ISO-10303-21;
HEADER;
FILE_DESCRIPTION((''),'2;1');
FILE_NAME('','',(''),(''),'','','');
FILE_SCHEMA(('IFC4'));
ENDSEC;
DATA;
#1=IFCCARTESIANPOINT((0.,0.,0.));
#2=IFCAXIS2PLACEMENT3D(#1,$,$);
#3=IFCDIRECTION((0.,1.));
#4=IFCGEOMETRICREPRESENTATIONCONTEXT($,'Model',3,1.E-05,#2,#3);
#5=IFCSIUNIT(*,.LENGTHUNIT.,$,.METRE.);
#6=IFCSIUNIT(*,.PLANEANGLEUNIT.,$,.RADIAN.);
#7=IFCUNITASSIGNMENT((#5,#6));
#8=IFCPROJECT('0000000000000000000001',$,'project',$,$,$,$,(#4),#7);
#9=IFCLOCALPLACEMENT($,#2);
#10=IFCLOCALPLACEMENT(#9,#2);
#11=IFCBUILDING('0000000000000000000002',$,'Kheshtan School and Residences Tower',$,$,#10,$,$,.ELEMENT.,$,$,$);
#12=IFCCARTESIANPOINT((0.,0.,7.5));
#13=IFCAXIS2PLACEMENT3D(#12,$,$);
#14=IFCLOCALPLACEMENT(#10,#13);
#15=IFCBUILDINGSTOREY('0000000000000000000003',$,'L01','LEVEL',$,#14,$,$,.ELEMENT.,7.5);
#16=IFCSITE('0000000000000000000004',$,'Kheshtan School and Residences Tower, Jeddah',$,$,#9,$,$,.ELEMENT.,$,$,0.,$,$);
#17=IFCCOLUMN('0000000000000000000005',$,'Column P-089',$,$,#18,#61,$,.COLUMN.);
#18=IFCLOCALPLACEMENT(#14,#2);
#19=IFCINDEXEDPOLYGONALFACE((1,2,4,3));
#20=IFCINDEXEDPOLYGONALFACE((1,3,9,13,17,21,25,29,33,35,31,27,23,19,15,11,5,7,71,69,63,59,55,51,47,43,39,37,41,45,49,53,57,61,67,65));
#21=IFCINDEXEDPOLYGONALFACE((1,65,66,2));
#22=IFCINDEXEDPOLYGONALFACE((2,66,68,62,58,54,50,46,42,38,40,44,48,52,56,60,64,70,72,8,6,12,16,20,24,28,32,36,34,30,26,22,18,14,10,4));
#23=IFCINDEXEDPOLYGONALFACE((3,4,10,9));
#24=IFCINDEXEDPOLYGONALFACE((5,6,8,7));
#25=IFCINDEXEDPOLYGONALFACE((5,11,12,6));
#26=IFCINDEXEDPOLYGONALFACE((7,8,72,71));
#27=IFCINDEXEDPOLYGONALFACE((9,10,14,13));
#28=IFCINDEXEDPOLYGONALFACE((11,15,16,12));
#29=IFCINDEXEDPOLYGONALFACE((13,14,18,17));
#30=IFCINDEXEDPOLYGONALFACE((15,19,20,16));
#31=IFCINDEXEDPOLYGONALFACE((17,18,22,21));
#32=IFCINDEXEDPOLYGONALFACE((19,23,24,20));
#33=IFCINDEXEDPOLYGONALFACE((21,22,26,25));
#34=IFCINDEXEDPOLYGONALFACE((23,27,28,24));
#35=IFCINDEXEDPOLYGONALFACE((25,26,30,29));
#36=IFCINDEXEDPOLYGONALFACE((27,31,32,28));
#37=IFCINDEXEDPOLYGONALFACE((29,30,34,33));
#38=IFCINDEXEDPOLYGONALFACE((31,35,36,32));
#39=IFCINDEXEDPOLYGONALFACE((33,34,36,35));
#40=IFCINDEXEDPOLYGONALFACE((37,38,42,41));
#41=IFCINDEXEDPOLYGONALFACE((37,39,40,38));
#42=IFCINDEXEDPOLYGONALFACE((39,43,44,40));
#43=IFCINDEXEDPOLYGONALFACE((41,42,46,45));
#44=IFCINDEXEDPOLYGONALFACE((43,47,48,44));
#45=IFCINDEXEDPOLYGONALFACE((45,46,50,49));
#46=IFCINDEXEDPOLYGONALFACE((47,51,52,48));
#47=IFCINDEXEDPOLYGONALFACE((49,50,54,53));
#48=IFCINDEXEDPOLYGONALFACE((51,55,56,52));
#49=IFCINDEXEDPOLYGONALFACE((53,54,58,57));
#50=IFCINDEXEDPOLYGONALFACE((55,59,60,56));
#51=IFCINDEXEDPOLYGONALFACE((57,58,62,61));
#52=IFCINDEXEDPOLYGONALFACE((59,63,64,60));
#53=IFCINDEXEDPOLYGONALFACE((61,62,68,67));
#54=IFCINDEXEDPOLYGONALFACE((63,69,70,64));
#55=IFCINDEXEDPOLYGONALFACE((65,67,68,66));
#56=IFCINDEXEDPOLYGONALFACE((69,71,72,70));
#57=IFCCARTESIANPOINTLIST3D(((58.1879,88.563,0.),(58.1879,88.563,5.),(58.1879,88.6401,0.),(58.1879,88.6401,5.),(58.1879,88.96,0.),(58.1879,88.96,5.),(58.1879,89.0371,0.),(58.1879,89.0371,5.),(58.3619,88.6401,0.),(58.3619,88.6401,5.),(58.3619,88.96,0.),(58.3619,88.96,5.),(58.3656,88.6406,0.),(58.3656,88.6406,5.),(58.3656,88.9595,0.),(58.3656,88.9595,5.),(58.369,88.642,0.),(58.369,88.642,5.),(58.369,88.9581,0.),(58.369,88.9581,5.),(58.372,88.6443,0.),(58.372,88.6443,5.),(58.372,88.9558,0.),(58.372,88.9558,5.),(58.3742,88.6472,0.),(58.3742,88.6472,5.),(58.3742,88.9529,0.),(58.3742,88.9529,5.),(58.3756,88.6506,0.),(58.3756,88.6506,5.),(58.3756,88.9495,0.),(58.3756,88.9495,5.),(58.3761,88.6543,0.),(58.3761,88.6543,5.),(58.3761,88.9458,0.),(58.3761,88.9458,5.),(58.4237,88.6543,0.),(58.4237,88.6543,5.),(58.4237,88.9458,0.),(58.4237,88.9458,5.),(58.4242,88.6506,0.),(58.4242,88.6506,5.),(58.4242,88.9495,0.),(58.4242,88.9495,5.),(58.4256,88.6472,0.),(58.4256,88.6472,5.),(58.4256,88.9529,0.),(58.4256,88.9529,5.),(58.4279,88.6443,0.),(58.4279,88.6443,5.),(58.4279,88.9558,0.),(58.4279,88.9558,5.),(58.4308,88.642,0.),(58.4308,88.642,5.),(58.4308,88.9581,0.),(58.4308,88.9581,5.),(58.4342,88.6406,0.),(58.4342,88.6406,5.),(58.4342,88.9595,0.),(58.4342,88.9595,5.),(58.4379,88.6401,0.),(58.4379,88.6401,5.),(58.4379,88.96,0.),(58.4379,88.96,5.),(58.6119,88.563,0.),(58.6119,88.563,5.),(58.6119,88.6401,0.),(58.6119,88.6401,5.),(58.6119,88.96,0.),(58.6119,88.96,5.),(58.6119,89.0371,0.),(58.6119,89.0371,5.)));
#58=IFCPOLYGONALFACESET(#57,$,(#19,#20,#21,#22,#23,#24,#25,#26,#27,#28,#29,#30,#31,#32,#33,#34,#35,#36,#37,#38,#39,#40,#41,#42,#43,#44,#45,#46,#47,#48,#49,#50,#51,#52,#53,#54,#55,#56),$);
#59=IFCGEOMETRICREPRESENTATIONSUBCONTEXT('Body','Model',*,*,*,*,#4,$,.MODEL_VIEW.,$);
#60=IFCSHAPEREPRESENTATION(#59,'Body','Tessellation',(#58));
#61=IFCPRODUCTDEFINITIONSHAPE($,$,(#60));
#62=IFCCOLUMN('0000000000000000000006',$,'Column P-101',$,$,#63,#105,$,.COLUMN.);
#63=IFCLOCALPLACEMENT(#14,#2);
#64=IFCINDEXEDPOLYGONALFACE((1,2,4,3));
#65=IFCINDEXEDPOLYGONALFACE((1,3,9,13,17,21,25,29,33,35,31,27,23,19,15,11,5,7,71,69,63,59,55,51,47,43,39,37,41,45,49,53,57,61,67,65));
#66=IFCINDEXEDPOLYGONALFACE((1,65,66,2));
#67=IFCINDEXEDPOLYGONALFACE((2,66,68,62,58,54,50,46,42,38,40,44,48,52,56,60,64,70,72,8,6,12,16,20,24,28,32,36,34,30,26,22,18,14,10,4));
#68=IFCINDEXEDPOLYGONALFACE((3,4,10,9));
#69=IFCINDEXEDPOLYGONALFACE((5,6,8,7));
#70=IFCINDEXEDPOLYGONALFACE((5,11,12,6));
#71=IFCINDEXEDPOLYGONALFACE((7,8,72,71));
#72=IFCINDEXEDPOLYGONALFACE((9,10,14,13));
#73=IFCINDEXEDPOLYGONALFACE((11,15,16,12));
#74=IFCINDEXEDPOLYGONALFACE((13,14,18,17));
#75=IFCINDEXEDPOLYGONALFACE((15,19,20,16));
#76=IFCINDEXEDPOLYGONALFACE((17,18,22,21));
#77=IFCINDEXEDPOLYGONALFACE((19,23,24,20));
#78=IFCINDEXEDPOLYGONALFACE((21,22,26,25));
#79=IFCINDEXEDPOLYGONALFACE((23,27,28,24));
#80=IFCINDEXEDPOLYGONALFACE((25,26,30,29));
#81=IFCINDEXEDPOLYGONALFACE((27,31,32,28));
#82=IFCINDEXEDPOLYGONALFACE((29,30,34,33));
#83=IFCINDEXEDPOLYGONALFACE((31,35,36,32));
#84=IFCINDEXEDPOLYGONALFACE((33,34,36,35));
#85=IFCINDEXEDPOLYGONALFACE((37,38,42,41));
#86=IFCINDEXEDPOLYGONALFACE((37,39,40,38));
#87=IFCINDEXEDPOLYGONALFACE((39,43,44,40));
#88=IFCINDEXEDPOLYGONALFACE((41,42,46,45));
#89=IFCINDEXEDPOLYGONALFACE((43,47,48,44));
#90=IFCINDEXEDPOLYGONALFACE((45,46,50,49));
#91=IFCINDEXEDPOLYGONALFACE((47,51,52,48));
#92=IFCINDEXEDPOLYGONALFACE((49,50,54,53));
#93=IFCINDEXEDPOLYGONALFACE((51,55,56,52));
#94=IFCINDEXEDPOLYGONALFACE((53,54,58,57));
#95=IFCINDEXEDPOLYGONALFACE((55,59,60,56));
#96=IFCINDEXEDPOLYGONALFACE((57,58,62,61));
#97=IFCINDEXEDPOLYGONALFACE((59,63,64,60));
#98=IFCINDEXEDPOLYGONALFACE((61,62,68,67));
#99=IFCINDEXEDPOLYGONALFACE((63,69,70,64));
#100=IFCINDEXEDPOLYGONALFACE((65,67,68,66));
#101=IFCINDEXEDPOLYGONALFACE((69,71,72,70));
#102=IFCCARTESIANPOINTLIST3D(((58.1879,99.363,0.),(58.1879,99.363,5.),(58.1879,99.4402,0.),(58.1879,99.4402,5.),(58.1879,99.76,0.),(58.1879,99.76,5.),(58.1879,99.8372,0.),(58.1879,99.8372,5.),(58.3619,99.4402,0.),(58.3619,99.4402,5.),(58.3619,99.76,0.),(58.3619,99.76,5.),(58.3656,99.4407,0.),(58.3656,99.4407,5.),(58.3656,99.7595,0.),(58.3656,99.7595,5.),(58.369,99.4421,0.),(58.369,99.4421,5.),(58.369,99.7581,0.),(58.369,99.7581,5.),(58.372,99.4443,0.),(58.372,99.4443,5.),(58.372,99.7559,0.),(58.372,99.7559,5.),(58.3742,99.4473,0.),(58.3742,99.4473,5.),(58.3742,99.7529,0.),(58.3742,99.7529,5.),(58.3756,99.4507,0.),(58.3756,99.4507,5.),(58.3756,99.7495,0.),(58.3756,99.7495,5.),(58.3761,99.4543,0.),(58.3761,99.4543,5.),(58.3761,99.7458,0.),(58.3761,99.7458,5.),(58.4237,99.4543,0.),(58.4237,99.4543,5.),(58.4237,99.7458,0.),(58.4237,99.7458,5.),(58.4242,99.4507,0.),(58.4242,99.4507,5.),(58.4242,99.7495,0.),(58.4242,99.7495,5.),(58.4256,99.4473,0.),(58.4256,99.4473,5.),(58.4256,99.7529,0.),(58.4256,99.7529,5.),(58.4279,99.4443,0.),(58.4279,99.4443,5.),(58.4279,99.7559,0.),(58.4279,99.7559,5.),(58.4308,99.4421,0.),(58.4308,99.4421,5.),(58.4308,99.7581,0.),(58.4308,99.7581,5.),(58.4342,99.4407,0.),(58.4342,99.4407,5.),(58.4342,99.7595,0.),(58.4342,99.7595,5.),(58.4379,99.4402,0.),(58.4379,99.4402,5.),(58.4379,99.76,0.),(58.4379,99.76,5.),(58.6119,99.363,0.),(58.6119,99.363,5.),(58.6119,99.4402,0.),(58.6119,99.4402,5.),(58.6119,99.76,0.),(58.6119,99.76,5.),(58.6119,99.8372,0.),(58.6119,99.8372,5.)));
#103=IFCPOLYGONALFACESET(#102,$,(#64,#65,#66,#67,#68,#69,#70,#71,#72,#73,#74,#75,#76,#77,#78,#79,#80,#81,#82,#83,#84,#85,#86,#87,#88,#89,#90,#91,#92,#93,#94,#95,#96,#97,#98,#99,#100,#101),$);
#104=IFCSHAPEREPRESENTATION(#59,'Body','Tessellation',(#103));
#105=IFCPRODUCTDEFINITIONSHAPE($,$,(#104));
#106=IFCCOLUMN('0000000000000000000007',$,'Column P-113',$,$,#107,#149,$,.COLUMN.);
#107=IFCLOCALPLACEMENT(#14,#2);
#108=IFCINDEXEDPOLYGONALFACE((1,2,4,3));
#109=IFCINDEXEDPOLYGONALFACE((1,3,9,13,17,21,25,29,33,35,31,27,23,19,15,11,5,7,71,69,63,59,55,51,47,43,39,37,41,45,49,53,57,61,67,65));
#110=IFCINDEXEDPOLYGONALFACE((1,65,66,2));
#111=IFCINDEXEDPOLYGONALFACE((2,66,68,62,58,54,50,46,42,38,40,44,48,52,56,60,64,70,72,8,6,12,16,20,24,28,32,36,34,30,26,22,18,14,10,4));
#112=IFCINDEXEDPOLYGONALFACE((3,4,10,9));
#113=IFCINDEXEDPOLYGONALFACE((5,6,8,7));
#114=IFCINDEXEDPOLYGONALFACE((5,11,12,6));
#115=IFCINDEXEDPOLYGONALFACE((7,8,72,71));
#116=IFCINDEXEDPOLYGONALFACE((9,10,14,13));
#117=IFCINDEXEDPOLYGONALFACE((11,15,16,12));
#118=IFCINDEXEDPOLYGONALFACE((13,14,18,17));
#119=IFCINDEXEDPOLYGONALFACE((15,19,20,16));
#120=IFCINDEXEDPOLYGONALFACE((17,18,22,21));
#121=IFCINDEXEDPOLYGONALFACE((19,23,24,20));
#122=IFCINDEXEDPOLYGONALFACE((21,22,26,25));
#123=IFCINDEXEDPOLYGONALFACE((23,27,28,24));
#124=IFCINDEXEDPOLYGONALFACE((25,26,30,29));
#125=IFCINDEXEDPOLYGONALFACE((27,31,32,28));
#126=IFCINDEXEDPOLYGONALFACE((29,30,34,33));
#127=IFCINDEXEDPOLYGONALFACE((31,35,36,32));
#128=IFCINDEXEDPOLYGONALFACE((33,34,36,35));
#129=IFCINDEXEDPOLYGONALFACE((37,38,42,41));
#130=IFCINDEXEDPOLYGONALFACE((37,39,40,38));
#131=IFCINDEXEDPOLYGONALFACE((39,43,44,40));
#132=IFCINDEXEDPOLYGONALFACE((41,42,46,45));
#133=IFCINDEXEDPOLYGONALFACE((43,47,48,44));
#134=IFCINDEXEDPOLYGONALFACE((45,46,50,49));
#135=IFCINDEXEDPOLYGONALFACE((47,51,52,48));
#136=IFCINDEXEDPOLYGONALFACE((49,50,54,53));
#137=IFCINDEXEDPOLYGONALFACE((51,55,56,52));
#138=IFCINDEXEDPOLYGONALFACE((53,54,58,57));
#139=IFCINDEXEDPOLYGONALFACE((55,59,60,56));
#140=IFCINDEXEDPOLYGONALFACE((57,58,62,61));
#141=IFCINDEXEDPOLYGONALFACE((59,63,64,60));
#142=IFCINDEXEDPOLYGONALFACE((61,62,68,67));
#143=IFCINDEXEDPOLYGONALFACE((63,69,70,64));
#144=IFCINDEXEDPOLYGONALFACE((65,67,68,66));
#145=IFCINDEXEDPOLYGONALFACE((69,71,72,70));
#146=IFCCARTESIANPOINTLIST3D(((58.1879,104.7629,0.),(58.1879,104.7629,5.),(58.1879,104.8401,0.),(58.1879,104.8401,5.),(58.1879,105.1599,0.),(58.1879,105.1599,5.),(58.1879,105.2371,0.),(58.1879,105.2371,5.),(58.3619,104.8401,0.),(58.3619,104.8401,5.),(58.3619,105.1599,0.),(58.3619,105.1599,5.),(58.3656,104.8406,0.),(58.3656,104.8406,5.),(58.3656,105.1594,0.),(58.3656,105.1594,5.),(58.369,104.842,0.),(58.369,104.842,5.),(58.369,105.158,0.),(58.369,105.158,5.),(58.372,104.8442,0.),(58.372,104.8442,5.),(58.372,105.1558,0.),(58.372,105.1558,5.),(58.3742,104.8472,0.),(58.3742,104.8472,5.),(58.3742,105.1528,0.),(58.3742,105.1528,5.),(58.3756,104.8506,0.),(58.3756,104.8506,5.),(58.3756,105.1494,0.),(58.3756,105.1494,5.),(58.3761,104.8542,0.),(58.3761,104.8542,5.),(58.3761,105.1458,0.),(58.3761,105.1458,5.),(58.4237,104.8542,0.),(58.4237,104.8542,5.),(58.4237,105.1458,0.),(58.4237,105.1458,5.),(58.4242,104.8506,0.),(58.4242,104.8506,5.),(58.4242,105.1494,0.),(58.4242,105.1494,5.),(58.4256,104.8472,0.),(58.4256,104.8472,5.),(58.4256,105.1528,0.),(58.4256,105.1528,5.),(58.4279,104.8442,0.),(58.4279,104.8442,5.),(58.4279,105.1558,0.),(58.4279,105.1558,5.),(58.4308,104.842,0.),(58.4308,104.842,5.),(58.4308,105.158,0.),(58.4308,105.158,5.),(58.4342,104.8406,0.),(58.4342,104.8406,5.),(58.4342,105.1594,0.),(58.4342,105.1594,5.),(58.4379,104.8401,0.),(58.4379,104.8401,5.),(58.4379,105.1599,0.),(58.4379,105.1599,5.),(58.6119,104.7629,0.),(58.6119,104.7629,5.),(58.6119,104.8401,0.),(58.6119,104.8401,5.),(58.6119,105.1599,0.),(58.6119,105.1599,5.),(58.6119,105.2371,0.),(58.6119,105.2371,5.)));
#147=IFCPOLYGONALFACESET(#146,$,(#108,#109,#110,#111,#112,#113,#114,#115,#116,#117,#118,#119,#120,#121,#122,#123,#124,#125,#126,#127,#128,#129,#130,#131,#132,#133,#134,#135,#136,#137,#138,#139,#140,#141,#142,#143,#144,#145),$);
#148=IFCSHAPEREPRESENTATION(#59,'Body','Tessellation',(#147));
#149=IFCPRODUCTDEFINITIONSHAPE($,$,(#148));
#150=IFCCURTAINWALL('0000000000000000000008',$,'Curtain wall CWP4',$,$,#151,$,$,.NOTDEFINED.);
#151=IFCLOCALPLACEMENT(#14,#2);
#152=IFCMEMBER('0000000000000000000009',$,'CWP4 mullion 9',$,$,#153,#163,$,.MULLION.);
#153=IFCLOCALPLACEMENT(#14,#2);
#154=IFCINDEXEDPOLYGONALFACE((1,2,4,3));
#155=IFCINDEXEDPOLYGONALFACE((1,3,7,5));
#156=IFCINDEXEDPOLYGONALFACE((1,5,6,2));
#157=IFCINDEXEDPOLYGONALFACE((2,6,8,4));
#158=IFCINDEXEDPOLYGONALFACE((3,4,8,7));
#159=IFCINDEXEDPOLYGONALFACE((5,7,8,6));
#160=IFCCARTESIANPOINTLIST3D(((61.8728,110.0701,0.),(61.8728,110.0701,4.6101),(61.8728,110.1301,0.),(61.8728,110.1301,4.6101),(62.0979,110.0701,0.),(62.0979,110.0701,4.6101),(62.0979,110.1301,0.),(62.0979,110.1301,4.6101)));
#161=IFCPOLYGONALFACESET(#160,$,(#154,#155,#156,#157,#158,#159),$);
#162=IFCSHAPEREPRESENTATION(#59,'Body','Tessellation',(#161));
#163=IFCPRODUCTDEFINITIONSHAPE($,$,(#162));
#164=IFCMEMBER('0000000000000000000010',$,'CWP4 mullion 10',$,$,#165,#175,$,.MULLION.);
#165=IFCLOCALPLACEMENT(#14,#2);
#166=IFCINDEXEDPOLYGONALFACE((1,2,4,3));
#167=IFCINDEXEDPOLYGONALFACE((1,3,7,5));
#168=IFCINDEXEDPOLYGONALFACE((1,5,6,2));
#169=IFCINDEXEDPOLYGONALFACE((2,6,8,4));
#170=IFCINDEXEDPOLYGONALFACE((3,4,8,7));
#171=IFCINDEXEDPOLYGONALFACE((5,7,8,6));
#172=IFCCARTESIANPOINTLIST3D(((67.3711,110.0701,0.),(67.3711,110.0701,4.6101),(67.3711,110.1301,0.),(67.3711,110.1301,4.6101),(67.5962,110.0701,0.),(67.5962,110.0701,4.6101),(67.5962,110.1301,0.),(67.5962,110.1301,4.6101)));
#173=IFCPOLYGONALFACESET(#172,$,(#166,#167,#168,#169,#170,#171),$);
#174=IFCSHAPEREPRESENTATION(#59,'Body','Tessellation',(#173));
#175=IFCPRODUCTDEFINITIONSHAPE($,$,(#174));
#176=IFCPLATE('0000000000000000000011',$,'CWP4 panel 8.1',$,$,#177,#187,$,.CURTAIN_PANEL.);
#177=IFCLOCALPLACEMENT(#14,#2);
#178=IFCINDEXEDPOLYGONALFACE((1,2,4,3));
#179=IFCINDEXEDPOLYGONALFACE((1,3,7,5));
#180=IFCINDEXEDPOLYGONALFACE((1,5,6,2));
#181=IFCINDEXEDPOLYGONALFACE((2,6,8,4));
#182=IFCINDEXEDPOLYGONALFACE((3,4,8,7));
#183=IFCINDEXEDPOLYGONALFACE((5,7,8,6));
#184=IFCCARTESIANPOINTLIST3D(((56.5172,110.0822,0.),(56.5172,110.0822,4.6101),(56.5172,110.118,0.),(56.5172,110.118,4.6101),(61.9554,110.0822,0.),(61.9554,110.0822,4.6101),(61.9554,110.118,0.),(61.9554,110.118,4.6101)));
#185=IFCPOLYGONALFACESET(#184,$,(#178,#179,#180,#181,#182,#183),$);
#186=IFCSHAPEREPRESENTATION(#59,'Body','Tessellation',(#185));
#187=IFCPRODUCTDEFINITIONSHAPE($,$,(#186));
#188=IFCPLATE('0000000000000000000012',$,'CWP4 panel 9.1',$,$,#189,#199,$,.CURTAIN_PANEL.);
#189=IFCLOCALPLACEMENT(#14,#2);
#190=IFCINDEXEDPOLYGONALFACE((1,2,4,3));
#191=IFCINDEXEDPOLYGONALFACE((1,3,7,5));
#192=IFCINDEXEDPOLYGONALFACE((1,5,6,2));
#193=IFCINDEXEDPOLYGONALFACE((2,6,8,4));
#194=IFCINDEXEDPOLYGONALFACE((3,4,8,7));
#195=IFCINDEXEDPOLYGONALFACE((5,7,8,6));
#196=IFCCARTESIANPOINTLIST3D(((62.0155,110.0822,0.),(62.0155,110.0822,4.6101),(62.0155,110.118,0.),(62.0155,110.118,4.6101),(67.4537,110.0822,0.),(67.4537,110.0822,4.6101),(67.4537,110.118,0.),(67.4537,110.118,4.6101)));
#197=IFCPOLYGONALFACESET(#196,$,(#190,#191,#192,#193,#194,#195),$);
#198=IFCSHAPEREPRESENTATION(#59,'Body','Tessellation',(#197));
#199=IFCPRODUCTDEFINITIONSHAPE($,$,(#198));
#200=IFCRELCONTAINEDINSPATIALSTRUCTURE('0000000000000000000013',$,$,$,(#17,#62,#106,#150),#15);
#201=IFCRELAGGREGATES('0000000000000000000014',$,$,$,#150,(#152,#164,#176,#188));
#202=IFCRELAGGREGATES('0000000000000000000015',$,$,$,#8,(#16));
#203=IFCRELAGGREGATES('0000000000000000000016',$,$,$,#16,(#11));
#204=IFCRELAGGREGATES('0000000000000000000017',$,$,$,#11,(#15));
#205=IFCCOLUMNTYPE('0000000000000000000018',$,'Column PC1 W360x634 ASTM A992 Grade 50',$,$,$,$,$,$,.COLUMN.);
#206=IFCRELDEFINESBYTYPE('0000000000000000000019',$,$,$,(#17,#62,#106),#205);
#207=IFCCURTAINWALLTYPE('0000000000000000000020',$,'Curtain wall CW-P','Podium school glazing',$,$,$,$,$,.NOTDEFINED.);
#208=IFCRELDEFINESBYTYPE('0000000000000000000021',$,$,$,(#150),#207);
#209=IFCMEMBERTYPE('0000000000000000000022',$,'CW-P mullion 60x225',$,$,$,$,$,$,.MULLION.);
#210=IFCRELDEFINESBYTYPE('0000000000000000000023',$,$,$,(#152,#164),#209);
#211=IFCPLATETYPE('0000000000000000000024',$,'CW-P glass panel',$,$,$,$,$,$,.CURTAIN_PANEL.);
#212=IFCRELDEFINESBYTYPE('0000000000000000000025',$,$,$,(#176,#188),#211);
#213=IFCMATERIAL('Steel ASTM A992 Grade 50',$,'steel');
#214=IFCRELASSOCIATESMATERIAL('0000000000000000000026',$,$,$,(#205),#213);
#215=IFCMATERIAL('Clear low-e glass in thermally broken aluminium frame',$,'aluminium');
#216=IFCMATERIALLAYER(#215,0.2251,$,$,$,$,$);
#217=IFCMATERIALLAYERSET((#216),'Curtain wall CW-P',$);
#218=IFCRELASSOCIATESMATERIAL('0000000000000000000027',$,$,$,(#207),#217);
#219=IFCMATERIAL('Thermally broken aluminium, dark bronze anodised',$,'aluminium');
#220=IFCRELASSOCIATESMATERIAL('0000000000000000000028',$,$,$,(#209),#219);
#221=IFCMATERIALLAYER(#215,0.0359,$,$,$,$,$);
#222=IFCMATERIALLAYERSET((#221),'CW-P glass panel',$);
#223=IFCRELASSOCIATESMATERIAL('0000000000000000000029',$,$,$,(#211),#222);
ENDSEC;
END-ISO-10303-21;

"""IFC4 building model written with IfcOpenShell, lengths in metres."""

from ifc_helpers import new_model, si_unit, direction, frame, origin, origin_2d, place, context, subcontext, project, spatial, rectangle, i_section, extrude, material, layer, layer_set, material_profile, profile_set, type_object, element, aggregate, save


model = new_model("IFC4")

# Units and contexts
model_context = context("Model", 3, precision=1e-05, world=origin(), true_north=direction((0.0, 1.0)))
body_context = subcontext(model_context, "Body", "Model", "MODEL_VIEW")
ifc_project = project(units=[si_unit("LENGTHUNIT", "METRE"), si_unit("PLANEANGLEUNIT", "RADIAN")], contexts=[model_context])

# Site, building, storey
site_placement = place(None, origin())
site = spatial("IfcSite", under=ifc_project, at=site_placement, Name="Kheshtan School and Residences Tower, Jeddah", CompositionType="ELEMENT", RefElevation=0.0)
building_placement = place(site_placement, origin())
building = spatial("IfcBuilding", under=site, at=building_placement, Name="Kheshtan School and Residences Tower", CompositionType="ELEMENT")
storey_placement = place(building_placement, frame((0.0, 0.0, 7.5)))
storey = spatial("IfcBuildingStorey", under=building, at=storey_placement, Name="L01", Description="LEVEL", CompositionType="ELEMENT", Elevation=7.5)

# Columns
ifc_material_1 = material(Name="Steel ASTM A992 Grade 50", Category="steel")
ifc_material_profile_1 = material_profile(ifc_material_1, i_section(OverallWidth=0.4241, OverallDepth=0.4741, WebThickness=0.0476, FlangeThickness=0.0771, FilletRadius=0.0142, at=origin_2d()), Name="W360x634")
ifc_profile_set_1 = profile_set([ifc_material_profile_1], Name="Steel ASTM A992 Grade 50")
column_type = type_object("IfcColumnType", Name="Column PC1 W360x634 ASTM A992 Grade 50", PredefinedType="COLUMN", material=ifc_profile_set_1)
for number, where, z_axis, x_axis, name in (
    (1, (58.3999, 88.8, 0.0), (0.0, 0.0, 1.0), (1.0, 0.0, 0.0), "Column P-089"),
    (2, (58.3999, 99.6001, 0.0), (0.0, 0.0, 1.0), (1.0, 0.0, 0.0), "Column P-101"),
    (3, (58.3999, 105.0, 0.0), (0.0, 0.0, 1.0), (1.0, 0.0, 0.0), "Column P-113"),
):
    element("IfcColumn", number, at=place(storey_placement, frame(where, z_axis=z_axis, x_axis=x_axis)), inside=storey, type_object=column_type, Name=name, PredefinedType="COLUMN", context=body_context, shape_type="SweptSolid", body=[
        extrude(i_section(OverallWidth=0.4241, OverallDepth=0.4741, WebThickness=0.0476, FlangeThickness=0.0771, FilletRadius=0.0142, at=origin_2d()), origin(), (0.0, 0.0, 1.0), 5.0),
    ])

# Curtain wall, members, plates
ifc_material_2 = material(Name="Clear low-e glass in thermally broken aluminium frame", Category="aluminium")
ifc_layer_1 = layer(ifc_material_2, 0.2251)
ifc_layer_set_1 = layer_set([ifc_layer_1], Name="Curtain wall CW-P")
curtain_wall_type = type_object("IfcCurtainWallType", Name="Curtain wall CW-P", Description="Podium school glazing", PredefinedType="NOTDEFINED", material=ifc_layer_set_1)
curtain_wall_placement = place(storey_placement, origin())
curtain_wall = element("IfcCurtainWall", 4, at=curtain_wall_placement, inside=storey, type_object=curtain_wall_type, Name="Curtain wall CWP4", PredefinedType="NOTDEFINED")
ifc_material_3 = material(Name="Thermally broken aluminium, dark bronze anodised", Category="aluminium")
ifc_material_profile_2 = material_profile(ifc_material_3, rectangle(XDim=0.0601, YDim=0.2251, at=origin_2d()), Name="CW-P mullion 60x225")
ifc_profile_set_2 = profile_set([ifc_material_profile_2], Name="Thermally broken aluminium, dark bronze anodised")
member_type = type_object("IfcMemberType", Name="CW-P mullion 60x225", PredefinedType="MULLION", material=ifc_profile_set_2)
member_1_placement = place(storey_placement, frame((61.9854, 110.1001, 0.0), z_axis=(0.0, 0.0, 1.0), x_axis=(0.0, 1.0, 0.0)))
member_1 = element("IfcMember", 5, at=member_1_placement, type_object=member_type, Name="CWP4 mullion 9", PredefinedType="MULLION", context=body_context, shape_type="SweptSolid", body=[
    extrude(rectangle(XDim=0.0601, YDim=0.2251, at=origin_2d()), origin(), (0.0, 0.0, 1.0), 4.6101),
])
member_2_placement = place(storey_placement, frame((67.4836, 110.1001, 0.0), z_axis=(0.0, 0.0, 1.0), x_axis=(0.0, 1.0, 0.0)))
member_2 = element("IfcMember", 6, at=member_2_placement, type_object=member_type, Name="CWP4 mullion 10", PredefinedType="MULLION", context=body_context, shape_type="SweptSolid", body=[
    extrude(rectangle(XDim=0.0601, YDim=0.2251, at=origin_2d()), origin(), (0.0, 0.0, 1.0), 4.6101),
])
ifc_layer_2 = layer(ifc_material_2, 0.0359)
ifc_layer_set_2 = layer_set([ifc_layer_2], Name="CW-P glass panel")
plate_type = type_object("IfcPlateType", Name="CW-P glass panel", PredefinedType="CURTAIN_PANEL", material=ifc_layer_set_2)
plate_1_placement = place(storey_placement, frame((59.2363, 110.1001, 0.0), z_axis=(0.0, 0.0, 1.0), x_axis=(1.0, 0.0, 0.0)))
plate_1 = element("IfcPlate", 7, at=plate_1_placement, type_object=plate_type, Name="CWP4 panel 8.1", PredefinedType="CURTAIN_PANEL", context=body_context, shape_type="SweptSolid", body=[
    extrude(rectangle(XDim=5.4382, YDim=0.0359, at=origin_2d()), origin(), (0.0, 0.0, 1.0), 4.6101),
])
plate_2_placement = place(storey_placement, frame((64.7346, 110.1001, 0.0), z_axis=(0.0, 0.0, 1.0), x_axis=(1.0, 0.0, 0.0)))
plate_2 = element("IfcPlate", 8, at=plate_2_placement, type_object=plate_type, Name="CWP4 panel 9.1", PredefinedType="CURTAIN_PANEL", context=body_context, shape_type="SweptSolid", body=[
    extrude(rectangle(XDim=5.4382, YDim=0.0359, at=origin_2d()), origin(), (0.0, 0.0, 1.0), 4.6101),
])
aggregate(curtain_wall, [member_1, member_2, plate_1, plate_2])

save(model, "model.ifc")
